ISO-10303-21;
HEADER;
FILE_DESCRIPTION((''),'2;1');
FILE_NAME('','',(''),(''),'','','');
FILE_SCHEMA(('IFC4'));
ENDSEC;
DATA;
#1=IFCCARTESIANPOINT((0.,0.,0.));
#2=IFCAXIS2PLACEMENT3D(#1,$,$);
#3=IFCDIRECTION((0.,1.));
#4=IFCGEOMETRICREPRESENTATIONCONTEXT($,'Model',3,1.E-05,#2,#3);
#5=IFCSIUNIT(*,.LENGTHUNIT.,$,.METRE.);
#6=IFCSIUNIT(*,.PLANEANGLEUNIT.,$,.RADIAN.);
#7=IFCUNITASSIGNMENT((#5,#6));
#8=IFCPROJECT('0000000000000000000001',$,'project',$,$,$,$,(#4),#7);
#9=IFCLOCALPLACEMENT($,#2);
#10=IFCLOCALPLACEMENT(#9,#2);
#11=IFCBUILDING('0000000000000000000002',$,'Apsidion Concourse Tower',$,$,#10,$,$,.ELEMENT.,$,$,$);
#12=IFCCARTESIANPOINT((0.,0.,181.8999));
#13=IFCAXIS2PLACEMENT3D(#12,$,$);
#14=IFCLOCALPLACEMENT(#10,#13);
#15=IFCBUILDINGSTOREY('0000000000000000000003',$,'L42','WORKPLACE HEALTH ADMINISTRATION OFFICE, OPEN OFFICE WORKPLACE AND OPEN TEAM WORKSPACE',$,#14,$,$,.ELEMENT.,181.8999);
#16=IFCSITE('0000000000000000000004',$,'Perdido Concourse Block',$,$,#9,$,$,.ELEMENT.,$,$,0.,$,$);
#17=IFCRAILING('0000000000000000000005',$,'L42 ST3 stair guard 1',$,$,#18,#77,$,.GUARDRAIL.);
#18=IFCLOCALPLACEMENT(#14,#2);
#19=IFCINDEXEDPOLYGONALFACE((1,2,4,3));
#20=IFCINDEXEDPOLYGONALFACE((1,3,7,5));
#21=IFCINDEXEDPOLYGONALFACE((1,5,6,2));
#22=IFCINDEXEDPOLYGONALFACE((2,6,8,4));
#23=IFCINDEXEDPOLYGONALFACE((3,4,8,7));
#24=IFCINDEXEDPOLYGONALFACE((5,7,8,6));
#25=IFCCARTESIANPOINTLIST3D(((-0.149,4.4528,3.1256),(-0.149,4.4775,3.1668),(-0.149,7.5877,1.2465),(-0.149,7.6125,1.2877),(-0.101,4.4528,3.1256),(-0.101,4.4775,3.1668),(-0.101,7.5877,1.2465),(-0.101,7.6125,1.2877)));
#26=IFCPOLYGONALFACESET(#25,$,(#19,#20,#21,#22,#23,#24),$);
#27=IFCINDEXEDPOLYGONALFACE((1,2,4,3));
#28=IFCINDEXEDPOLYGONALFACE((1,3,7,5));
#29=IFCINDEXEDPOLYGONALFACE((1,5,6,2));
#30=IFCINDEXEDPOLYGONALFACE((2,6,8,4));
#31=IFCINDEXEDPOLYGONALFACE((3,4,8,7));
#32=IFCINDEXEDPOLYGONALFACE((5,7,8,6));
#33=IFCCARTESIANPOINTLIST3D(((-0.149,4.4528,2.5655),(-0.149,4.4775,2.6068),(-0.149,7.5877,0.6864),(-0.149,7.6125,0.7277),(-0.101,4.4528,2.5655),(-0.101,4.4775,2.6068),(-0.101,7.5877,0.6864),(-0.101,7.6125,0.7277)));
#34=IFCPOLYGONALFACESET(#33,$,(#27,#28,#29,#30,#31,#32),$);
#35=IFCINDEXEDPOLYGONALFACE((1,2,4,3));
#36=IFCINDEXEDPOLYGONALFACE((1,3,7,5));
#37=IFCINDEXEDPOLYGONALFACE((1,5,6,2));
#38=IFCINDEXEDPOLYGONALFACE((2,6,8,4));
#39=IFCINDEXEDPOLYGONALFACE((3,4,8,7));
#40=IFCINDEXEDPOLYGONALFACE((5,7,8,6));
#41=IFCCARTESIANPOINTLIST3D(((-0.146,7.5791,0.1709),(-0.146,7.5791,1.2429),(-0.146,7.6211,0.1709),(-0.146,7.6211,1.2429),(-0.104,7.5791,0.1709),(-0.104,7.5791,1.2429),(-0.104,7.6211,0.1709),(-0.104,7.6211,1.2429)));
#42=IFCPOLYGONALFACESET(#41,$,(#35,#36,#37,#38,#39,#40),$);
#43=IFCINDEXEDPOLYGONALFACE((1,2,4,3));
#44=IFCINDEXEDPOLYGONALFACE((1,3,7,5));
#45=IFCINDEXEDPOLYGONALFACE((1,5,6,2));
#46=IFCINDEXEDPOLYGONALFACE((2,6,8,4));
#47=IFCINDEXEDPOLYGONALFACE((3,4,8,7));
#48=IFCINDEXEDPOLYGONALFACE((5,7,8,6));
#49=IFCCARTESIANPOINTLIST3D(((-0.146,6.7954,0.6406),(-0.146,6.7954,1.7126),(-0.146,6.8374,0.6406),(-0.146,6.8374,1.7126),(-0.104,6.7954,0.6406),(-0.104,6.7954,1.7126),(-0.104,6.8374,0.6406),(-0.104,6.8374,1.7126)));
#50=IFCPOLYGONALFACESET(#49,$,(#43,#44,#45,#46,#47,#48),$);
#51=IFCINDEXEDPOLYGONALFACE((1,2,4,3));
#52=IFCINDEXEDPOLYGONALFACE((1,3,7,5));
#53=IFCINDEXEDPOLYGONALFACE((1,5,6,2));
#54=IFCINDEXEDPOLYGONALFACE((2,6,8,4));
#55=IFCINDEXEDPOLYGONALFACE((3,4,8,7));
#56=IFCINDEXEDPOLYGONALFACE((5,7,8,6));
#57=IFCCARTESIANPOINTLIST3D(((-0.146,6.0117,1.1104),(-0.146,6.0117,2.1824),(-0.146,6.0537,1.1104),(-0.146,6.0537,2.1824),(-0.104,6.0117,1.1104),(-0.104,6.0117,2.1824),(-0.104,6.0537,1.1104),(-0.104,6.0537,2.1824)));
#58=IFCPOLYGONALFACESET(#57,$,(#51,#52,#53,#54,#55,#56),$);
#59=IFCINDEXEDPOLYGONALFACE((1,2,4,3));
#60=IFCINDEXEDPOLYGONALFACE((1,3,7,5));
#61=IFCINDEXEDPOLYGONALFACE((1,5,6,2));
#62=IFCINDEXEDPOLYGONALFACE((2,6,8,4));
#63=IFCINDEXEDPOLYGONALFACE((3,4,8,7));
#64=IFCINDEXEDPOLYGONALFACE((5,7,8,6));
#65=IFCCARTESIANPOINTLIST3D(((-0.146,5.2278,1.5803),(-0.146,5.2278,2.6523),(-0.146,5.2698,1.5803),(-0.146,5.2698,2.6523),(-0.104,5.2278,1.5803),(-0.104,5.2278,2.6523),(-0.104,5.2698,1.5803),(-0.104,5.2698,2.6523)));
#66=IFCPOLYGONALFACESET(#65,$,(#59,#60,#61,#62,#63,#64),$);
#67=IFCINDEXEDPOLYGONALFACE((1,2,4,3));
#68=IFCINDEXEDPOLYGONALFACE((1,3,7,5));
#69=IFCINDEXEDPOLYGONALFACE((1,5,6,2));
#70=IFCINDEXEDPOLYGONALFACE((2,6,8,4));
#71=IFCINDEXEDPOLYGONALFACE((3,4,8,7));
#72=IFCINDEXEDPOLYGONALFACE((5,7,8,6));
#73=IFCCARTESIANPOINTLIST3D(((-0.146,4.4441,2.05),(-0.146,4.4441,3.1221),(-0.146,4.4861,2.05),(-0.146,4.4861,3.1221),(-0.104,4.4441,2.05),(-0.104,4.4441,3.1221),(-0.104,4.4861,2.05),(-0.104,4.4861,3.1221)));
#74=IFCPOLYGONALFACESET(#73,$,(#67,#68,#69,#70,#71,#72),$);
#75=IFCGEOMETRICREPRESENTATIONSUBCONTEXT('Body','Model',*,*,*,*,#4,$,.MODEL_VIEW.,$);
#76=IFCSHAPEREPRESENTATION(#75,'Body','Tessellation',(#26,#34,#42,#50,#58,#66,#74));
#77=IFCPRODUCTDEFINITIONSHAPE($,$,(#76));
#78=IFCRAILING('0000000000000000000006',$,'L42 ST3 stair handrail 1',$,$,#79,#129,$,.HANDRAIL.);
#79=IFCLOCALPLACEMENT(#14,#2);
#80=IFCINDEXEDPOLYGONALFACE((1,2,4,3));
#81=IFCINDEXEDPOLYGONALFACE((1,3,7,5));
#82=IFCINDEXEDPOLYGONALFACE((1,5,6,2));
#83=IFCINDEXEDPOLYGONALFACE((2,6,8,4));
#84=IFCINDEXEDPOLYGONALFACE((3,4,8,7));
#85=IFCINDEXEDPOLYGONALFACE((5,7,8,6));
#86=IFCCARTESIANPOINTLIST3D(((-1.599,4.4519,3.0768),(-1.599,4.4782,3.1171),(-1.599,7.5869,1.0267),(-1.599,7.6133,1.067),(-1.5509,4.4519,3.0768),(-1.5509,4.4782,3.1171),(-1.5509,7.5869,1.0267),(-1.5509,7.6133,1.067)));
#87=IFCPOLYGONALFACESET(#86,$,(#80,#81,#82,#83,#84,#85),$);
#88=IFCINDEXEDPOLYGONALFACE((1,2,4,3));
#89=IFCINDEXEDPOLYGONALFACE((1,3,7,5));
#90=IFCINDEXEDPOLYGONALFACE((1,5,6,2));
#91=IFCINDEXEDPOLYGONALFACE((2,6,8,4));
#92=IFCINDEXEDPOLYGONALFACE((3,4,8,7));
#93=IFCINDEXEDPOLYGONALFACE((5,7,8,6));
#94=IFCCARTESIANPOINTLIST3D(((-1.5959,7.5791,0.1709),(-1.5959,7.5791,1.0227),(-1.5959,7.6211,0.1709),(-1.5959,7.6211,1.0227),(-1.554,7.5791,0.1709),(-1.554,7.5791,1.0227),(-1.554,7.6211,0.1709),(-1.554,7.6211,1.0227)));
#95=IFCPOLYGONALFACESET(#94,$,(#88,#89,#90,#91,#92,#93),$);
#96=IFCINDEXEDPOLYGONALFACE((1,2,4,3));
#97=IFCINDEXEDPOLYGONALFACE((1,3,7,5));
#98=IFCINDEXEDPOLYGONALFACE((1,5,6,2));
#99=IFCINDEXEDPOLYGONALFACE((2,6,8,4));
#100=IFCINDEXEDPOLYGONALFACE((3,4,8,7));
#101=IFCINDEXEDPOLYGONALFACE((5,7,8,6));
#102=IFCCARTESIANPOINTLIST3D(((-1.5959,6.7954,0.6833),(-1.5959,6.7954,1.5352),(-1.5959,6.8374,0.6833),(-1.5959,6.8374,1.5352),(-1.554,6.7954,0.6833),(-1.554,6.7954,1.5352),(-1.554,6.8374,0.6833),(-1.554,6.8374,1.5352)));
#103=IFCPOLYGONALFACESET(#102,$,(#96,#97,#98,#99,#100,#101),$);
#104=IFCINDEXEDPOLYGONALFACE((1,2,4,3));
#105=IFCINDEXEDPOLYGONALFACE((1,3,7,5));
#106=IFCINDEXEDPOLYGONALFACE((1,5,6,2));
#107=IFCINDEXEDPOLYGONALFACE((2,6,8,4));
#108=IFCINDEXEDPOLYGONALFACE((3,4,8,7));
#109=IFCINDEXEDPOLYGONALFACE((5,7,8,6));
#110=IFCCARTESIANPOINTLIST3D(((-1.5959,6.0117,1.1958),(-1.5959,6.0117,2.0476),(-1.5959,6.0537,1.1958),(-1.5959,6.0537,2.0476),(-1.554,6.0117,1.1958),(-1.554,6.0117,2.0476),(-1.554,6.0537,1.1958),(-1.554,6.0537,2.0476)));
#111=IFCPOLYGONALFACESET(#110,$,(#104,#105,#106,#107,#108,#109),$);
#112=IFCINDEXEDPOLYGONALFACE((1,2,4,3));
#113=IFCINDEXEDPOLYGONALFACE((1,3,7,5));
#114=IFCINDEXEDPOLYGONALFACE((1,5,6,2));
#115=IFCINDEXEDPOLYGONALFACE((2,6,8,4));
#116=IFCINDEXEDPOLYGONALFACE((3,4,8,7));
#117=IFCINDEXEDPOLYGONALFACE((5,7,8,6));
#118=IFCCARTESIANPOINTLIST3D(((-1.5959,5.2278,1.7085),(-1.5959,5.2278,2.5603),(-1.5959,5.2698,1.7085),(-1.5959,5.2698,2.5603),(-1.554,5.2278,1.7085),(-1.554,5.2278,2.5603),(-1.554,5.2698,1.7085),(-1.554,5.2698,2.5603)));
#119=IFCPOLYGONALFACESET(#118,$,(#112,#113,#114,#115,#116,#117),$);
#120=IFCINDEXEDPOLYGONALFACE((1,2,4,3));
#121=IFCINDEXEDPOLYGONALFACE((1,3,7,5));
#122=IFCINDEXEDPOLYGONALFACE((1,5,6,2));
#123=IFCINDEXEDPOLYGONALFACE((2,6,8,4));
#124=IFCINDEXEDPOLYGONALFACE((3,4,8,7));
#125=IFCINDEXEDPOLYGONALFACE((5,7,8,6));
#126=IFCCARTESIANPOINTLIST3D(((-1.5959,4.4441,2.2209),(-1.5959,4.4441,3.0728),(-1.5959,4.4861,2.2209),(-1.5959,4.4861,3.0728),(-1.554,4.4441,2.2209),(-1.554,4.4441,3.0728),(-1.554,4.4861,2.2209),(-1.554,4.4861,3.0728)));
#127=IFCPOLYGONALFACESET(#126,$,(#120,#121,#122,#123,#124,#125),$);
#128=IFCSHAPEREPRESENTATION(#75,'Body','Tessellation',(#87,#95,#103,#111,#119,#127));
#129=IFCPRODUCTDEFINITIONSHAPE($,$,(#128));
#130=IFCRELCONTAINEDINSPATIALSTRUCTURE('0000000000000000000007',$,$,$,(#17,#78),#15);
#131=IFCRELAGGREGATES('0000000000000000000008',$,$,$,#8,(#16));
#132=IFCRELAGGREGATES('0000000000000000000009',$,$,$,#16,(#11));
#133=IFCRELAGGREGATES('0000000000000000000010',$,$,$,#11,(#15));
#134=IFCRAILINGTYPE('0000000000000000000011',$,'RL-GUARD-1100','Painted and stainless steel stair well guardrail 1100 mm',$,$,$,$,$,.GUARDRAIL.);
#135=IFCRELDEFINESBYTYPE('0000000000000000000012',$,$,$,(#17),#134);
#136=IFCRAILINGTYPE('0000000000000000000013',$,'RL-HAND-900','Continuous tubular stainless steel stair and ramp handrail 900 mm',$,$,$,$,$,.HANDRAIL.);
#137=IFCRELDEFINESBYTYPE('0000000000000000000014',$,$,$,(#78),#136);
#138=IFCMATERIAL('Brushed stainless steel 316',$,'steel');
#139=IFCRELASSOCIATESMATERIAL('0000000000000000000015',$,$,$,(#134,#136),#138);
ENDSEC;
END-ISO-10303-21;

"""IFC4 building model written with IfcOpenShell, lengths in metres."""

from ifc_helpers import new_model, si_unit, direction, frame, origin, origin_2d, place, context, subcontext, project, spatial, rectangle, extrude, material, type_object, element, save


model = new_model("IFC4")

# Units and contexts
model_context = context("Model", 3, precision=1e-05, world=origin(), true_north=direction((0.0, 1.0)))
body_context = subcontext(model_context, "Body", "Model", "MODEL_VIEW")
ifc_project = project(units=[si_unit("LENGTHUNIT", "METRE"), si_unit("PLANEANGLEUNIT", "RADIAN")], contexts=[model_context])

# Site, building, storey
site_placement = place(None, origin())
site = spatial("IfcSite", under=ifc_project, at=site_placement, Name="Perdido Concourse Block", CompositionType="ELEMENT", RefElevation=0.0)
building_placement = place(site_placement, origin())
building = spatial("IfcBuilding", under=site, at=building_placement, Name="Apsidion Concourse Tower", CompositionType="ELEMENT")
storey_placement = place(building_placement, frame((0.0, 0.0, 181.8999)))
storey = spatial("IfcBuildingStorey", under=building, at=storey_placement, Name="L42", Description="WORKPLACE HEALTH ADMINISTRATION OFFICE, OPEN OFFICE WORKPLACE AND OPEN TEAM WORKSPACE", CompositionType="ELEMENT", Elevation=181.8999)

# Shared definitions
ifc_material_1 = material(Name="Brushed stainless steel 316", Category="steel")

# Railings
railing_type_1 = type_object("IfcRailingType", Name="RL-GUARD-1100", Description="Painted and stainless steel stair well guardrail 1100 mm", PredefinedType="GUARDRAIL", material=ifc_material_1)
railing_1_placement = place(storey_placement, frame((-0.125, 7.6001, 0.1709)))
element("IfcRailing", 1, at=railing_1_placement, inside=storey, type_object=railing_type_1, Name="L42 ST3 stair guard 1", PredefinedType="GUARDRAIL", context=body_context, shape_type="SweptSolid", body=[
    extrude(rectangle(XDim=0.0481, YDim=0.0481, at=origin_2d()), frame((0.0, 0.0, 1.0962), z_axis=(0.0, -0.857717, 0.514122), x_axis=(1.0, 0.0, 0.0)), (0.0, 0.0, 1.0), 3.655),
    extrude(rectangle(XDim=0.0481, YDim=0.0481, at=origin_2d()), frame((0.0, 0.0, 0.5361), z_axis=(0.0, -0.857717, 0.514122), x_axis=(1.0, 0.0, 0.0)), (0.0, 0.0, 1.0), 3.655),
    extrude(rectangle(XDim=0.042, YDim=0.042, at=origin_2d()), origin(), (0.0, 0.0, 1.0), 1.072),
    extrude(rectangle(XDim=0.042, YDim=0.042, at=origin_2d()), frame((0.0, -0.7837, 0.4697)), (0.0, 0.0, 1.0), 1.072),
    extrude(rectangle(XDim=0.042, YDim=0.042, at=origin_2d()), frame((0.0, -1.5674, 0.9395)), (0.0, 0.0, 1.0), 1.072),
    extrude(rectangle(XDim=0.042, YDim=0.042, at=origin_2d()), frame((0.0, -2.3513, 1.4094)), (0.0, 0.0, 1.0), 1.072),
    extrude(rectangle(XDim=0.042, YDim=0.042, at=origin_2d()), frame((0.0, -3.135, 1.8792)), (0.0, 0.0, 1.0), 1.072),
])
railing_type_2 = type_object("IfcRailingType", Name="RL-HAND-900", Description="Continuous tubular stainless steel stair and ramp handrail 900 mm", PredefinedType="HANDRAIL", material=ifc_material_1)
railing_2_placement = place(storey_placement, frame((-1.575, 7.6001, 0.1709)))
element("IfcRailing", 2, at=railing_2_placement, inside=storey, type_object=railing_type_2, Name="L42 ST3 stair handrail 1", PredefinedType="HANDRAIL", context=body_context, shape_type="SweptSolid", body=[
    extrude(rectangle(XDim=0.0481, YDim=0.0481, at=origin_2d()), frame((0.0, 0.0, 0.876), z_axis=(0.0, -0.836941, 0.547293), x_axis=(1.0, 0.0, 0.0)), (0.0, 0.0, 1.0), 3.7458),
    extrude(rectangle(XDim=0.042, YDim=0.042, at=origin_2d()), origin(), (0.0, 0.0, 1.0), 0.8518),
    extrude(rectangle(XDim=0.042, YDim=0.042, at=origin_2d()), frame((0.0, -0.7837, 0.5125)), (0.0, 0.0, 1.0), 0.8518),
    extrude(rectangle(XDim=0.042, YDim=0.042, at=origin_2d()), frame((0.0, -1.5674, 1.0249)), (0.0, 0.0, 1.0), 0.8518),
    extrude(rectangle(XDim=0.042, YDim=0.042, at=origin_2d()), frame((0.0, -2.3513, 1.5376)), (0.0, 0.0, 1.0), 0.8518),
    extrude(rectangle(XDim=0.042, YDim=0.042, at=origin_2d()), frame((0.0, -3.135, 2.05)), (0.0, 0.0, 1.0), 0.8518),
])

save(model, "model.ifc")
